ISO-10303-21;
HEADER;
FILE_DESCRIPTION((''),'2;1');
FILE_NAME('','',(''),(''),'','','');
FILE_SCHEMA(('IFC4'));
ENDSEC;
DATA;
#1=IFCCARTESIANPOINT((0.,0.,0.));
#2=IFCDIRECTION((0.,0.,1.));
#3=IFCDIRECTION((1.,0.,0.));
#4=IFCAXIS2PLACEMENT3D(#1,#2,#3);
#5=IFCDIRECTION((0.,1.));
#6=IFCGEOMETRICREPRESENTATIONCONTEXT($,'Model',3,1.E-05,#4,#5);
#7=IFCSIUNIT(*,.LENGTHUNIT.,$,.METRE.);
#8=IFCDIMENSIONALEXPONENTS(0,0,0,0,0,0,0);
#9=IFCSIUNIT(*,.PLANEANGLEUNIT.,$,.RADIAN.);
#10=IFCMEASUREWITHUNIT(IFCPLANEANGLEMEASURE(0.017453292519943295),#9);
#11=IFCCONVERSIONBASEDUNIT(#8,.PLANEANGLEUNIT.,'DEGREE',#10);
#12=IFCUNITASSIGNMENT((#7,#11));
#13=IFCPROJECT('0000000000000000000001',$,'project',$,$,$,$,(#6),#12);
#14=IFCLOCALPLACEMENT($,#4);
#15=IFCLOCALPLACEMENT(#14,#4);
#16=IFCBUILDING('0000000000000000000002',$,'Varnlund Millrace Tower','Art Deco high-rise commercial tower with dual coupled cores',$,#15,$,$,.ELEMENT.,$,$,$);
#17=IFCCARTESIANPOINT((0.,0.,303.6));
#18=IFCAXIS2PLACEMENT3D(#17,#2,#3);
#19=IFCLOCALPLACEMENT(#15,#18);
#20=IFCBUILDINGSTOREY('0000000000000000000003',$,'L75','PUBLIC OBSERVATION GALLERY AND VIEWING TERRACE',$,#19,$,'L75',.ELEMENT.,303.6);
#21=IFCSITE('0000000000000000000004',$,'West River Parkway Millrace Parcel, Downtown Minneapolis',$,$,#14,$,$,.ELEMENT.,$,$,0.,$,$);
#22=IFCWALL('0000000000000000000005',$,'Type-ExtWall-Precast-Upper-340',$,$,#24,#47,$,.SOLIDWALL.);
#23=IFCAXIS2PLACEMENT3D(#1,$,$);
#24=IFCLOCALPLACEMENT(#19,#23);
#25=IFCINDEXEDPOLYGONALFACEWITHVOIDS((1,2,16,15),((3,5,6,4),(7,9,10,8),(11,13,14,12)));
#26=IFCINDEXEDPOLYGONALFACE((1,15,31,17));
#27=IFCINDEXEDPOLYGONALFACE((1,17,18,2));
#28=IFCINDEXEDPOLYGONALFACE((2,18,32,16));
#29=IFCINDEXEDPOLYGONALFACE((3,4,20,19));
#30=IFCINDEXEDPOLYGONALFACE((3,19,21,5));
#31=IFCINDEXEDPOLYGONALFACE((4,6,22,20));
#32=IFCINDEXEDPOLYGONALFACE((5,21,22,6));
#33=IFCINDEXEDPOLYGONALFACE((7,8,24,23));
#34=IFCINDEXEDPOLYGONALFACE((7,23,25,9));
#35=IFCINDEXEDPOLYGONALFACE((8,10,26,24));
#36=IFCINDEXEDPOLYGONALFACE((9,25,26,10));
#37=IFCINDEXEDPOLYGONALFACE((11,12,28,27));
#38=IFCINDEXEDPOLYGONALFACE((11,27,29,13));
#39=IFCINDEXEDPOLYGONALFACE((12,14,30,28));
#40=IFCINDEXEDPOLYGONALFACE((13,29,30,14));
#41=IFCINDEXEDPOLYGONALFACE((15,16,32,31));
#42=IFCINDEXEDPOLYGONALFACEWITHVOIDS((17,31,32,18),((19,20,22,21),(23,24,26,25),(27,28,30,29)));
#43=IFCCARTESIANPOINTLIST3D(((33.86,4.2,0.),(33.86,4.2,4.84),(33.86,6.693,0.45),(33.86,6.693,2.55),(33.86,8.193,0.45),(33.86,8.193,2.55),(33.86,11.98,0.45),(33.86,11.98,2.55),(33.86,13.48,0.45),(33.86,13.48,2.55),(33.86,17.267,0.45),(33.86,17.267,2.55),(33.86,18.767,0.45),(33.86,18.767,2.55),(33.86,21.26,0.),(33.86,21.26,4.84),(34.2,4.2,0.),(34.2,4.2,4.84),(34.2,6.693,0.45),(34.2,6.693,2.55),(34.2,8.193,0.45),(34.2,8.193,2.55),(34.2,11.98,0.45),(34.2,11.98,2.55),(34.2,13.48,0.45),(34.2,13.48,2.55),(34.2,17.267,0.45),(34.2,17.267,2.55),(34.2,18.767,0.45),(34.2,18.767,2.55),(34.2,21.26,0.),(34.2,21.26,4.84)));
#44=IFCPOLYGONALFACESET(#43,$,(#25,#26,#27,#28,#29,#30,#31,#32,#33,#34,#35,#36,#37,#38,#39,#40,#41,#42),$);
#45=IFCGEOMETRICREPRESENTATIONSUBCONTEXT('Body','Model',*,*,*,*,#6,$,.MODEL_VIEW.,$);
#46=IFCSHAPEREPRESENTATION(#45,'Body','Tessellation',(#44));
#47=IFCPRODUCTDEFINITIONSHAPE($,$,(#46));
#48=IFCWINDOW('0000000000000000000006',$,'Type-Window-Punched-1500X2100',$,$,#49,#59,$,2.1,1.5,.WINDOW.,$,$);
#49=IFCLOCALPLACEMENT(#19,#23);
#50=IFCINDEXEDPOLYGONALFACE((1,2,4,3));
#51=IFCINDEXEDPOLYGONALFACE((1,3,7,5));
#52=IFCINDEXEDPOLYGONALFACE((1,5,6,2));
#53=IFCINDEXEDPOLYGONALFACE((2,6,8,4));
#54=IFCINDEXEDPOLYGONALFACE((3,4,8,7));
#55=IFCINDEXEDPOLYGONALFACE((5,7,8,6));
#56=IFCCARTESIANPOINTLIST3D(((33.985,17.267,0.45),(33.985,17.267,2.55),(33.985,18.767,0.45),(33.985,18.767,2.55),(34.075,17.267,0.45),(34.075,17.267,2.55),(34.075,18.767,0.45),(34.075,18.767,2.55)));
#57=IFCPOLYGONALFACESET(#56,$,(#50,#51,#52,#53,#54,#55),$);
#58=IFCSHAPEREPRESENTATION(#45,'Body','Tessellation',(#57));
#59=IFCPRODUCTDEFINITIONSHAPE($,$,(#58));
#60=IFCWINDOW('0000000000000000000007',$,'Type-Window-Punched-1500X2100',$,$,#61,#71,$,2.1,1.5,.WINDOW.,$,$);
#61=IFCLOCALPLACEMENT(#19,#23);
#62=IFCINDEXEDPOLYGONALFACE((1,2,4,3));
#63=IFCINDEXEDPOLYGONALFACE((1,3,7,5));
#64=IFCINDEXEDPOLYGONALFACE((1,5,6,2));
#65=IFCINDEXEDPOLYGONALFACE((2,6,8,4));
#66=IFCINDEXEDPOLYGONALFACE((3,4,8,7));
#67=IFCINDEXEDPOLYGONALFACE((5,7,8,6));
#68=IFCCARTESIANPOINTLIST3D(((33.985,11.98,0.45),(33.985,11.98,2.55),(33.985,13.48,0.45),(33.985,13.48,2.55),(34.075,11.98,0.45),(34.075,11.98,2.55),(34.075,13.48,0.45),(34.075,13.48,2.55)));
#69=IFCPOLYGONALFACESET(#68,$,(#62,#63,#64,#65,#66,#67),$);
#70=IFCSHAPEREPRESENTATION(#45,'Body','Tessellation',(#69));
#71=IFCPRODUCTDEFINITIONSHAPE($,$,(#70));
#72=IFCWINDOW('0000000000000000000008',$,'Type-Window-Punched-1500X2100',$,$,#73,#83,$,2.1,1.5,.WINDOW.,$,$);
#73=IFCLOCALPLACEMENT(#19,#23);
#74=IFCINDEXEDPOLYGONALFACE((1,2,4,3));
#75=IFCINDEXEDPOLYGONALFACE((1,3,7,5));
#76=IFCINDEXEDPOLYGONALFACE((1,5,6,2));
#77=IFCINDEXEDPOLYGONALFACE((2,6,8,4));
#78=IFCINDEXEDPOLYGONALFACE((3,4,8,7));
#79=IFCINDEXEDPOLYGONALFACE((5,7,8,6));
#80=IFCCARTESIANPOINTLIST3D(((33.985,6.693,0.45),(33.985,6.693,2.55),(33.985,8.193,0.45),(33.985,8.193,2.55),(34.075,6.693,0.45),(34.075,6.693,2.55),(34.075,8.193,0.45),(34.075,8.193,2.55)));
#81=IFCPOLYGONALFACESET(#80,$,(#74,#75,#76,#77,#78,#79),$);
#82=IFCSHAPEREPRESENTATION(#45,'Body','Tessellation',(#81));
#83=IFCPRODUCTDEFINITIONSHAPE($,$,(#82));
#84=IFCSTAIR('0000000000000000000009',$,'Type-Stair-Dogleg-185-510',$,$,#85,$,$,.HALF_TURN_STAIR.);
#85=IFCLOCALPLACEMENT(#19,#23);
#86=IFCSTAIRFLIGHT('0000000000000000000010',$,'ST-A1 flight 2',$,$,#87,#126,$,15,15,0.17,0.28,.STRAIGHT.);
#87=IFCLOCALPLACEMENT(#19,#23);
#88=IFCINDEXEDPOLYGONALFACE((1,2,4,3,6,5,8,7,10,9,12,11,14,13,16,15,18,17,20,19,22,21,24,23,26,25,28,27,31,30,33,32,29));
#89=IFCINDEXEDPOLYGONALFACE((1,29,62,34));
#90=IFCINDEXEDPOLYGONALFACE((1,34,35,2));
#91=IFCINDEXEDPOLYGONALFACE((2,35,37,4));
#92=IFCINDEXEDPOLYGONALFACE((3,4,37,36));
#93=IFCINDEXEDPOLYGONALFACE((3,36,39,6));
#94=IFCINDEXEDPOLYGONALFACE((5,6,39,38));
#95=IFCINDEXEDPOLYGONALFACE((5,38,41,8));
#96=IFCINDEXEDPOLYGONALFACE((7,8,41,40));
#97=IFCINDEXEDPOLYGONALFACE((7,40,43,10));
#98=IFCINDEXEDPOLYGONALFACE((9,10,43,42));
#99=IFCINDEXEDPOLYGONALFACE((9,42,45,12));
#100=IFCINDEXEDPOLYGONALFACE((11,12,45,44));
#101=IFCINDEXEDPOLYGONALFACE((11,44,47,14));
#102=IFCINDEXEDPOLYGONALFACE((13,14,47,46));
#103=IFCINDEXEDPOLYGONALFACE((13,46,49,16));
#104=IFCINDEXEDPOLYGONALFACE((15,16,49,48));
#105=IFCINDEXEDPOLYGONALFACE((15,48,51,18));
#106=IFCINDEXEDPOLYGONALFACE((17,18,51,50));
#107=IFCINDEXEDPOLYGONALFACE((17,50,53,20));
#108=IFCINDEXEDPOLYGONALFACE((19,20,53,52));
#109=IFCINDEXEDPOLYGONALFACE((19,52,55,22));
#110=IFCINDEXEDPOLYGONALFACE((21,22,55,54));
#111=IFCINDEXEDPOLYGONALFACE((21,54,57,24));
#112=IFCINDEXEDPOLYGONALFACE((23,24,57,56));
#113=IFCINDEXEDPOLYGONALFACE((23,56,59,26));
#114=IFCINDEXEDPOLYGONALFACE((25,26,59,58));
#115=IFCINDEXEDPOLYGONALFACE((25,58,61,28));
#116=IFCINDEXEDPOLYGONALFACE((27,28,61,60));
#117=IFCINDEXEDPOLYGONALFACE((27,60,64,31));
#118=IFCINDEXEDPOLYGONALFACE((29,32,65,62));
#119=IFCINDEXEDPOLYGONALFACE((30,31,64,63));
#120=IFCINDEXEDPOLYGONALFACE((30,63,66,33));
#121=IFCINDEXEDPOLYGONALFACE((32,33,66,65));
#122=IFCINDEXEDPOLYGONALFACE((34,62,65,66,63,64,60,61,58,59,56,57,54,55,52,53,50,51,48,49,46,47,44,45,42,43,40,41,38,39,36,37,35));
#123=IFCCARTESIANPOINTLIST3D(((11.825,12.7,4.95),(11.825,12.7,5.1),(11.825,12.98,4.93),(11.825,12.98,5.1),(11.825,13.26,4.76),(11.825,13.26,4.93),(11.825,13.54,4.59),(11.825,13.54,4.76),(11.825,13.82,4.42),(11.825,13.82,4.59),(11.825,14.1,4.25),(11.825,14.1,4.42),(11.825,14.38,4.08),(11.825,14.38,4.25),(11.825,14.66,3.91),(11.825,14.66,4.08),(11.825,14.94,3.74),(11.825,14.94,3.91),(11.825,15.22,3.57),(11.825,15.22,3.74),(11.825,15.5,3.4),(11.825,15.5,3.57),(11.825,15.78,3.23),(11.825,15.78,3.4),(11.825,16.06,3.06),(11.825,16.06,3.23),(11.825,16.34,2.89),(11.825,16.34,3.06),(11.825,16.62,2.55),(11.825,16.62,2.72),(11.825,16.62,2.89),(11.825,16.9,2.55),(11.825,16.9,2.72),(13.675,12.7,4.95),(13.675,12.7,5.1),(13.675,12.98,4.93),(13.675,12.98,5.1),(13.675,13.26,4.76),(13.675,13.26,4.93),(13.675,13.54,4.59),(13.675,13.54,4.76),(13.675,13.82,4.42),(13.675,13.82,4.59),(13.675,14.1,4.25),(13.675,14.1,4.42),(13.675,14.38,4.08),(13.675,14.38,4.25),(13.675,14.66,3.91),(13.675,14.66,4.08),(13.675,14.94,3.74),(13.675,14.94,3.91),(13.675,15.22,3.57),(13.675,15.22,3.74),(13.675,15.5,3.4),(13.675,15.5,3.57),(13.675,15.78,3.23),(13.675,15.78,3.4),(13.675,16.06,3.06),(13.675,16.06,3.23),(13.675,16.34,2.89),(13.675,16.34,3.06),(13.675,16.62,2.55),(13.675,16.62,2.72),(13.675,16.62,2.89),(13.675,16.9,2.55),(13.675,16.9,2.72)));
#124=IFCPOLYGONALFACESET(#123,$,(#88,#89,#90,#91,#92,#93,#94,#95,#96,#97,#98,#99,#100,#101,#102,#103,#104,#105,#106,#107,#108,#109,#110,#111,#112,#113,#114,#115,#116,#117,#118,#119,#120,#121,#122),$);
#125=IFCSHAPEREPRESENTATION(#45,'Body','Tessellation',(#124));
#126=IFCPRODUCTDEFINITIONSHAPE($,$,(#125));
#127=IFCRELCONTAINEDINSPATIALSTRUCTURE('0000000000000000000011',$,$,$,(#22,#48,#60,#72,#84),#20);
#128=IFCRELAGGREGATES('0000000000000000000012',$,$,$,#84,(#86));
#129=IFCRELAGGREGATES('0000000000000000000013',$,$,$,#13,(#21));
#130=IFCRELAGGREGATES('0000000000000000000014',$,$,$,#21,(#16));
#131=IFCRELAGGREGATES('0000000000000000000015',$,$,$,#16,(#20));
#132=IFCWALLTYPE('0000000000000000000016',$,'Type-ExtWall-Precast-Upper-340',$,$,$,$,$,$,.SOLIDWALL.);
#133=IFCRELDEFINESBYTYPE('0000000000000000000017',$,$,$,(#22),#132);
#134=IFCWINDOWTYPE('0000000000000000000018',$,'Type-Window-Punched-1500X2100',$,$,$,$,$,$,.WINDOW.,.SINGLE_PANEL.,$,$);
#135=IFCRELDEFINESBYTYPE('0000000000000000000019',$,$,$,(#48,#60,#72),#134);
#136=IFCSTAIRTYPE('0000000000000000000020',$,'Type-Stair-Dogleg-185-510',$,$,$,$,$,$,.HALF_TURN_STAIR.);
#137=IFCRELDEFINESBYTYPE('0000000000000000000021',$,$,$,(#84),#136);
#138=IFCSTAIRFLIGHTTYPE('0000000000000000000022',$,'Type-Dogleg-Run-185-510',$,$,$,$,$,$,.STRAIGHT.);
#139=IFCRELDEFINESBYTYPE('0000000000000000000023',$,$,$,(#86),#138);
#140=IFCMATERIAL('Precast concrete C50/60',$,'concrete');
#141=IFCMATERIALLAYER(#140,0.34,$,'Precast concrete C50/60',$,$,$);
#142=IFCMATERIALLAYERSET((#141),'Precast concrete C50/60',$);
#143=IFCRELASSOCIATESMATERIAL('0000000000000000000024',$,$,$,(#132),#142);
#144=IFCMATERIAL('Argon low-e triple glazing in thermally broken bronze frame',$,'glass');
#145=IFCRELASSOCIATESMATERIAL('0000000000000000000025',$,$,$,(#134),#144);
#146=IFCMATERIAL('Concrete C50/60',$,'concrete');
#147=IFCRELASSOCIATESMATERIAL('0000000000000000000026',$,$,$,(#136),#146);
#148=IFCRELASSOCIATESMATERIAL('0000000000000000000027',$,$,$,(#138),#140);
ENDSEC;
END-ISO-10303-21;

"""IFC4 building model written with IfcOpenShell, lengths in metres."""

from ifc_helpers import new_model, entity, si_unit, converted_unit, direction, frame, origin_with_axes, origin_2d_with_axis, place, context, subcontext, project, spatial, polyline, rectangle, outline, extrude, material, layer, layer_set, type_object, element, fill, aggregate, save


model = new_model("IFC4")

# Units and contexts
model_context = context("Model", 3, precision=1e-05, world=origin_with_axes(), true_north=direction((0.0, 1.0)))
body_context = subcontext(model_context, "Body", "Model", "MODEL_VIEW")
ifc_project = project(units=[si_unit("LENGTHUNIT", "METRE"), converted_unit("PLANEANGLEUNIT", "DEGREE", entity("IfcPlaneAngleMeasure", 0.017453292519943295), si_unit("PLANEANGLEUNIT", "RADIAN"), dimensions=[0, 0, 0, 0, 0, 0, 0])], contexts=[model_context])

# Site, building, storey
site_placement = place(None, origin_with_axes())
site = spatial("IfcSite", under=ifc_project, at=site_placement, Name="West River Parkway Millrace Parcel, Downtown Minneapolis", CompositionType="ELEMENT", RefElevation=0.0)
building_placement = place(site_placement, origin_with_axes())
building = spatial("IfcBuilding", under=site, at=building_placement, Name="Varnlund Millrace Tower", Description="Art Deco high-rise commercial tower with dual coupled cores", CompositionType="ELEMENT")
storey_placement = place(building_placement, frame((0.0, 0.0, 303.6), z_axis=(0.0, 0.0, 1.0), x_axis=(1.0, 0.0, 0.0)))
storey = spatial("IfcBuildingStorey", under=building, at=storey_placement, Name="L75", Description="PUBLIC OBSERVATION GALLERY AND VIEWING TERRACE", LongName="L75", CompositionType="ELEMENT", Elevation=303.6)

# Shared definitions
ifc_material_1 = material(Name="Precast concrete C50/60", Category="concrete")
ifc_layer_1 = layer(ifc_material_1, 0.34, Name="Precast concrete C50/60")
ifc_layer_set_1 = layer_set([ifc_layer_1], Name="Precast concrete C50/60")
wall_type = type_object("IfcWallType", Name="Type-ExtWall-Precast-Upper-340", PredefinedType="SOLIDWALL", material=ifc_layer_set_1)

# Shared definitions
ifc_material_2 = material(Name="Argon low-e triple glazing in thermally broken bronze frame", Category="glass")
window_type = type_object("IfcWindowType", Name="Type-Window-Punched-1500X2100", PartitioningType="SINGLE_PANEL", PredefinedType="WINDOW", material=ifc_material_2)

# Wall, openings, windows
wall_1_placement = place(storey_placement, frame((34.03, 21.26, 0.0), z_axis=(0.0, 0.0, 1.0), x_axis=(0.0, -1.0, 0.0)))
wall_1 = element("IfcWall", 1, at=wall_1_placement, inside=storey, type_object=wall_type, Name="Type-ExtWall-Precast-Upper-340", PredefinedType="SOLIDWALL", context=body_context, shape_type="SweptSolid", body=[
    extrude(outline(polyline([(0.0, -0.17), (17.06, -0.17), (17.06, 0.17), (0.0, 0.17), (0.0, -0.17)])), origin_with_axes(), (0.0, 0.0, 1.0), 4.84),
])
opening_1_placement = place(wall_1_placement, frame((3.243, 0.0, 0.45), z_axis=(0.0, 0.0, 1.0), x_axis=(1.0, 0.0, 0.0)))
opening_1 = element("IfcOpeningElement", 2, at=opening_1_placement, cuts=wall_1, PredefinedType="OPENING", context=body_context, shape_type="SweptSolid", body=[
    extrude(rectangle(XDim=1.5, YDim=0.36, at=origin_2d_with_axis()), origin_with_axes(), (0.0, 0.0, 1.0), 2.1),
])
opening_2_placement = place(wall_1_placement, frame((8.53, 0.0, 0.45), z_axis=(0.0, 0.0, 1.0), x_axis=(1.0, 0.0, 0.0)))
opening_2 = element("IfcOpeningElement", 3, at=opening_2_placement, cuts=wall_1, PredefinedType="OPENING", context=body_context, shape_type="SweptSolid", body=[
    extrude(rectangle(XDim=1.5, YDim=0.36, at=origin_2d_with_axis()), origin_with_axes(), (0.0, 0.0, 1.0), 2.1),
])
opening_3_placement = place(wall_1_placement, frame((13.817, 0.0, 0.45), z_axis=(0.0, 0.0, 1.0), x_axis=(1.0, 0.0, 0.0)))
opening_3 = element("IfcOpeningElement", 4, at=opening_3_placement, cuts=wall_1, PredefinedType="OPENING", context=body_context, shape_type="SweptSolid", body=[
    extrude(rectangle(XDim=1.5, YDim=0.36, at=origin_2d_with_axis()), origin_with_axes(), (0.0, 0.0, 1.0), 2.1),
])
window_1_placement = place(wall_1_placement, frame((3.243, 0.0, 0.45), z_axis=(0.0, 0.0, 1.0), x_axis=(1.0, 0.0, 0.0)))
window_1 = element("IfcWindow", 5, at=window_1_placement, inside=storey, type_object=window_type, Name="Type-Window-Punched-1500X2100", OverallHeight=2.1, OverallWidth=1.5, PredefinedType="WINDOW", context=body_context, shape_type="SweptSolid", body=[
    extrude(rectangle(XDim=1.5, YDim=0.09, at=origin_2d_with_axis()), origin_with_axes(), (0.0, 0.0, 1.0), 2.1),
])
fill(opening_1, window_1)
window_2_placement = place(wall_1_placement, frame((8.53, 0.0, 0.45), z_axis=(0.0, 0.0, 1.0), x_axis=(1.0, 0.0, 0.0)))
window_2 = element("IfcWindow", 6, at=window_2_placement, inside=storey, type_object=window_type, Name="Type-Window-Punched-1500X2100", OverallHeight=2.1, OverallWidth=1.5, PredefinedType="WINDOW", context=body_context, shape_type="SweptSolid", body=[
    extrude(rectangle(XDim=1.5, YDim=0.09, at=origin_2d_with_axis()), origin_with_axes(), (0.0, 0.0, 1.0), 2.1),
])
fill(opening_2, window_2)
window_3_placement = place(wall_1_placement, frame((13.817, 0.0, 0.45), z_axis=(0.0, 0.0, 1.0), x_axis=(1.0, 0.0, 0.0)))
window_3 = element("IfcWindow", 7, at=window_3_placement, inside=storey, type_object=window_type, Name="Type-Window-Punched-1500X2100", OverallHeight=2.1, OverallWidth=1.5, PredefinedType="WINDOW", context=body_context, shape_type="SweptSolid", body=[
    extrude(rectangle(XDim=1.5, YDim=0.09, at=origin_2d_with_axis()), origin_with_axes(), (0.0, 0.0, 1.0), 2.1),
])
fill(opening_3, window_3)

# Stair, stair flight
ifc_material_3 = material(Name="Concrete C50/60", Category="concrete")
stair_type = type_object("IfcStairType", Name="Type-Stair-Dogleg-185-510", PredefinedType="HALF_TURN_STAIR", material=ifc_material_3)
stair_placement = place(storey_placement, origin_with_axes())
stair = element("IfcStair", 8, at=stair_placement, inside=storey, type_object=stair_type, Name="Type-Stair-Dogleg-185-510", PredefinedType="HALF_TURN_STAIR")
stair_flight_type = type_object("IfcStairFlightType", Name="Type-Dogleg-Run-185-510", PredefinedType="STRAIGHT", material=ifc_material_1)
stair_flight_placement = place(storey_placement, frame((13.675, 16.9, 2.55), z_axis=(-1.0, 0.0, 0.0), x_axis=(0.0, -1.0, 0.0)))
stair_flight = element("IfcStairFlight", 9, at=stair_flight_placement, type_object=stair_flight_type, Name="ST-A1 flight 2", NumberOfRisers=15, NumberOfTreads=15, PredefinedType="STRAIGHT", RiserHeight=0.17, TreadLength=0.28, context=body_context, shape_type="SweptSolid", body=[
    extrude(outline(polyline([(0.0, 0.0), (0.0, 0.17), (0.28, 0.17), (0.28, 0.34), (0.56, 0.34), (0.56, 0.51), (0.84, 0.51), (0.84, 0.68), (1.12, 0.68), (1.12, 0.85), (1.4, 0.85), (1.4, 1.02), (1.68, 1.02), (1.68, 1.19), (1.96, 1.19), (1.96, 1.36), (2.24, 1.36), (2.24, 1.53), (2.52, 1.53), (2.52, 1.7), (2.8, 1.7), (2.8, 1.87), (3.08, 1.87), (3.08, 2.04), (3.36, 2.04), (3.36, 2.21), (3.64, 2.21), (3.64, 2.38), (3.92, 2.38), (3.92, 2.55), (4.2, 2.55), (4.2, 2.4), (0.28, 0.0), (0.0, 0.0)])), origin_with_axes(), (0.0, 0.0, 1.0), 1.85),
])
aggregate(stair, [stair_flight])

save(model, "model.ifc")
